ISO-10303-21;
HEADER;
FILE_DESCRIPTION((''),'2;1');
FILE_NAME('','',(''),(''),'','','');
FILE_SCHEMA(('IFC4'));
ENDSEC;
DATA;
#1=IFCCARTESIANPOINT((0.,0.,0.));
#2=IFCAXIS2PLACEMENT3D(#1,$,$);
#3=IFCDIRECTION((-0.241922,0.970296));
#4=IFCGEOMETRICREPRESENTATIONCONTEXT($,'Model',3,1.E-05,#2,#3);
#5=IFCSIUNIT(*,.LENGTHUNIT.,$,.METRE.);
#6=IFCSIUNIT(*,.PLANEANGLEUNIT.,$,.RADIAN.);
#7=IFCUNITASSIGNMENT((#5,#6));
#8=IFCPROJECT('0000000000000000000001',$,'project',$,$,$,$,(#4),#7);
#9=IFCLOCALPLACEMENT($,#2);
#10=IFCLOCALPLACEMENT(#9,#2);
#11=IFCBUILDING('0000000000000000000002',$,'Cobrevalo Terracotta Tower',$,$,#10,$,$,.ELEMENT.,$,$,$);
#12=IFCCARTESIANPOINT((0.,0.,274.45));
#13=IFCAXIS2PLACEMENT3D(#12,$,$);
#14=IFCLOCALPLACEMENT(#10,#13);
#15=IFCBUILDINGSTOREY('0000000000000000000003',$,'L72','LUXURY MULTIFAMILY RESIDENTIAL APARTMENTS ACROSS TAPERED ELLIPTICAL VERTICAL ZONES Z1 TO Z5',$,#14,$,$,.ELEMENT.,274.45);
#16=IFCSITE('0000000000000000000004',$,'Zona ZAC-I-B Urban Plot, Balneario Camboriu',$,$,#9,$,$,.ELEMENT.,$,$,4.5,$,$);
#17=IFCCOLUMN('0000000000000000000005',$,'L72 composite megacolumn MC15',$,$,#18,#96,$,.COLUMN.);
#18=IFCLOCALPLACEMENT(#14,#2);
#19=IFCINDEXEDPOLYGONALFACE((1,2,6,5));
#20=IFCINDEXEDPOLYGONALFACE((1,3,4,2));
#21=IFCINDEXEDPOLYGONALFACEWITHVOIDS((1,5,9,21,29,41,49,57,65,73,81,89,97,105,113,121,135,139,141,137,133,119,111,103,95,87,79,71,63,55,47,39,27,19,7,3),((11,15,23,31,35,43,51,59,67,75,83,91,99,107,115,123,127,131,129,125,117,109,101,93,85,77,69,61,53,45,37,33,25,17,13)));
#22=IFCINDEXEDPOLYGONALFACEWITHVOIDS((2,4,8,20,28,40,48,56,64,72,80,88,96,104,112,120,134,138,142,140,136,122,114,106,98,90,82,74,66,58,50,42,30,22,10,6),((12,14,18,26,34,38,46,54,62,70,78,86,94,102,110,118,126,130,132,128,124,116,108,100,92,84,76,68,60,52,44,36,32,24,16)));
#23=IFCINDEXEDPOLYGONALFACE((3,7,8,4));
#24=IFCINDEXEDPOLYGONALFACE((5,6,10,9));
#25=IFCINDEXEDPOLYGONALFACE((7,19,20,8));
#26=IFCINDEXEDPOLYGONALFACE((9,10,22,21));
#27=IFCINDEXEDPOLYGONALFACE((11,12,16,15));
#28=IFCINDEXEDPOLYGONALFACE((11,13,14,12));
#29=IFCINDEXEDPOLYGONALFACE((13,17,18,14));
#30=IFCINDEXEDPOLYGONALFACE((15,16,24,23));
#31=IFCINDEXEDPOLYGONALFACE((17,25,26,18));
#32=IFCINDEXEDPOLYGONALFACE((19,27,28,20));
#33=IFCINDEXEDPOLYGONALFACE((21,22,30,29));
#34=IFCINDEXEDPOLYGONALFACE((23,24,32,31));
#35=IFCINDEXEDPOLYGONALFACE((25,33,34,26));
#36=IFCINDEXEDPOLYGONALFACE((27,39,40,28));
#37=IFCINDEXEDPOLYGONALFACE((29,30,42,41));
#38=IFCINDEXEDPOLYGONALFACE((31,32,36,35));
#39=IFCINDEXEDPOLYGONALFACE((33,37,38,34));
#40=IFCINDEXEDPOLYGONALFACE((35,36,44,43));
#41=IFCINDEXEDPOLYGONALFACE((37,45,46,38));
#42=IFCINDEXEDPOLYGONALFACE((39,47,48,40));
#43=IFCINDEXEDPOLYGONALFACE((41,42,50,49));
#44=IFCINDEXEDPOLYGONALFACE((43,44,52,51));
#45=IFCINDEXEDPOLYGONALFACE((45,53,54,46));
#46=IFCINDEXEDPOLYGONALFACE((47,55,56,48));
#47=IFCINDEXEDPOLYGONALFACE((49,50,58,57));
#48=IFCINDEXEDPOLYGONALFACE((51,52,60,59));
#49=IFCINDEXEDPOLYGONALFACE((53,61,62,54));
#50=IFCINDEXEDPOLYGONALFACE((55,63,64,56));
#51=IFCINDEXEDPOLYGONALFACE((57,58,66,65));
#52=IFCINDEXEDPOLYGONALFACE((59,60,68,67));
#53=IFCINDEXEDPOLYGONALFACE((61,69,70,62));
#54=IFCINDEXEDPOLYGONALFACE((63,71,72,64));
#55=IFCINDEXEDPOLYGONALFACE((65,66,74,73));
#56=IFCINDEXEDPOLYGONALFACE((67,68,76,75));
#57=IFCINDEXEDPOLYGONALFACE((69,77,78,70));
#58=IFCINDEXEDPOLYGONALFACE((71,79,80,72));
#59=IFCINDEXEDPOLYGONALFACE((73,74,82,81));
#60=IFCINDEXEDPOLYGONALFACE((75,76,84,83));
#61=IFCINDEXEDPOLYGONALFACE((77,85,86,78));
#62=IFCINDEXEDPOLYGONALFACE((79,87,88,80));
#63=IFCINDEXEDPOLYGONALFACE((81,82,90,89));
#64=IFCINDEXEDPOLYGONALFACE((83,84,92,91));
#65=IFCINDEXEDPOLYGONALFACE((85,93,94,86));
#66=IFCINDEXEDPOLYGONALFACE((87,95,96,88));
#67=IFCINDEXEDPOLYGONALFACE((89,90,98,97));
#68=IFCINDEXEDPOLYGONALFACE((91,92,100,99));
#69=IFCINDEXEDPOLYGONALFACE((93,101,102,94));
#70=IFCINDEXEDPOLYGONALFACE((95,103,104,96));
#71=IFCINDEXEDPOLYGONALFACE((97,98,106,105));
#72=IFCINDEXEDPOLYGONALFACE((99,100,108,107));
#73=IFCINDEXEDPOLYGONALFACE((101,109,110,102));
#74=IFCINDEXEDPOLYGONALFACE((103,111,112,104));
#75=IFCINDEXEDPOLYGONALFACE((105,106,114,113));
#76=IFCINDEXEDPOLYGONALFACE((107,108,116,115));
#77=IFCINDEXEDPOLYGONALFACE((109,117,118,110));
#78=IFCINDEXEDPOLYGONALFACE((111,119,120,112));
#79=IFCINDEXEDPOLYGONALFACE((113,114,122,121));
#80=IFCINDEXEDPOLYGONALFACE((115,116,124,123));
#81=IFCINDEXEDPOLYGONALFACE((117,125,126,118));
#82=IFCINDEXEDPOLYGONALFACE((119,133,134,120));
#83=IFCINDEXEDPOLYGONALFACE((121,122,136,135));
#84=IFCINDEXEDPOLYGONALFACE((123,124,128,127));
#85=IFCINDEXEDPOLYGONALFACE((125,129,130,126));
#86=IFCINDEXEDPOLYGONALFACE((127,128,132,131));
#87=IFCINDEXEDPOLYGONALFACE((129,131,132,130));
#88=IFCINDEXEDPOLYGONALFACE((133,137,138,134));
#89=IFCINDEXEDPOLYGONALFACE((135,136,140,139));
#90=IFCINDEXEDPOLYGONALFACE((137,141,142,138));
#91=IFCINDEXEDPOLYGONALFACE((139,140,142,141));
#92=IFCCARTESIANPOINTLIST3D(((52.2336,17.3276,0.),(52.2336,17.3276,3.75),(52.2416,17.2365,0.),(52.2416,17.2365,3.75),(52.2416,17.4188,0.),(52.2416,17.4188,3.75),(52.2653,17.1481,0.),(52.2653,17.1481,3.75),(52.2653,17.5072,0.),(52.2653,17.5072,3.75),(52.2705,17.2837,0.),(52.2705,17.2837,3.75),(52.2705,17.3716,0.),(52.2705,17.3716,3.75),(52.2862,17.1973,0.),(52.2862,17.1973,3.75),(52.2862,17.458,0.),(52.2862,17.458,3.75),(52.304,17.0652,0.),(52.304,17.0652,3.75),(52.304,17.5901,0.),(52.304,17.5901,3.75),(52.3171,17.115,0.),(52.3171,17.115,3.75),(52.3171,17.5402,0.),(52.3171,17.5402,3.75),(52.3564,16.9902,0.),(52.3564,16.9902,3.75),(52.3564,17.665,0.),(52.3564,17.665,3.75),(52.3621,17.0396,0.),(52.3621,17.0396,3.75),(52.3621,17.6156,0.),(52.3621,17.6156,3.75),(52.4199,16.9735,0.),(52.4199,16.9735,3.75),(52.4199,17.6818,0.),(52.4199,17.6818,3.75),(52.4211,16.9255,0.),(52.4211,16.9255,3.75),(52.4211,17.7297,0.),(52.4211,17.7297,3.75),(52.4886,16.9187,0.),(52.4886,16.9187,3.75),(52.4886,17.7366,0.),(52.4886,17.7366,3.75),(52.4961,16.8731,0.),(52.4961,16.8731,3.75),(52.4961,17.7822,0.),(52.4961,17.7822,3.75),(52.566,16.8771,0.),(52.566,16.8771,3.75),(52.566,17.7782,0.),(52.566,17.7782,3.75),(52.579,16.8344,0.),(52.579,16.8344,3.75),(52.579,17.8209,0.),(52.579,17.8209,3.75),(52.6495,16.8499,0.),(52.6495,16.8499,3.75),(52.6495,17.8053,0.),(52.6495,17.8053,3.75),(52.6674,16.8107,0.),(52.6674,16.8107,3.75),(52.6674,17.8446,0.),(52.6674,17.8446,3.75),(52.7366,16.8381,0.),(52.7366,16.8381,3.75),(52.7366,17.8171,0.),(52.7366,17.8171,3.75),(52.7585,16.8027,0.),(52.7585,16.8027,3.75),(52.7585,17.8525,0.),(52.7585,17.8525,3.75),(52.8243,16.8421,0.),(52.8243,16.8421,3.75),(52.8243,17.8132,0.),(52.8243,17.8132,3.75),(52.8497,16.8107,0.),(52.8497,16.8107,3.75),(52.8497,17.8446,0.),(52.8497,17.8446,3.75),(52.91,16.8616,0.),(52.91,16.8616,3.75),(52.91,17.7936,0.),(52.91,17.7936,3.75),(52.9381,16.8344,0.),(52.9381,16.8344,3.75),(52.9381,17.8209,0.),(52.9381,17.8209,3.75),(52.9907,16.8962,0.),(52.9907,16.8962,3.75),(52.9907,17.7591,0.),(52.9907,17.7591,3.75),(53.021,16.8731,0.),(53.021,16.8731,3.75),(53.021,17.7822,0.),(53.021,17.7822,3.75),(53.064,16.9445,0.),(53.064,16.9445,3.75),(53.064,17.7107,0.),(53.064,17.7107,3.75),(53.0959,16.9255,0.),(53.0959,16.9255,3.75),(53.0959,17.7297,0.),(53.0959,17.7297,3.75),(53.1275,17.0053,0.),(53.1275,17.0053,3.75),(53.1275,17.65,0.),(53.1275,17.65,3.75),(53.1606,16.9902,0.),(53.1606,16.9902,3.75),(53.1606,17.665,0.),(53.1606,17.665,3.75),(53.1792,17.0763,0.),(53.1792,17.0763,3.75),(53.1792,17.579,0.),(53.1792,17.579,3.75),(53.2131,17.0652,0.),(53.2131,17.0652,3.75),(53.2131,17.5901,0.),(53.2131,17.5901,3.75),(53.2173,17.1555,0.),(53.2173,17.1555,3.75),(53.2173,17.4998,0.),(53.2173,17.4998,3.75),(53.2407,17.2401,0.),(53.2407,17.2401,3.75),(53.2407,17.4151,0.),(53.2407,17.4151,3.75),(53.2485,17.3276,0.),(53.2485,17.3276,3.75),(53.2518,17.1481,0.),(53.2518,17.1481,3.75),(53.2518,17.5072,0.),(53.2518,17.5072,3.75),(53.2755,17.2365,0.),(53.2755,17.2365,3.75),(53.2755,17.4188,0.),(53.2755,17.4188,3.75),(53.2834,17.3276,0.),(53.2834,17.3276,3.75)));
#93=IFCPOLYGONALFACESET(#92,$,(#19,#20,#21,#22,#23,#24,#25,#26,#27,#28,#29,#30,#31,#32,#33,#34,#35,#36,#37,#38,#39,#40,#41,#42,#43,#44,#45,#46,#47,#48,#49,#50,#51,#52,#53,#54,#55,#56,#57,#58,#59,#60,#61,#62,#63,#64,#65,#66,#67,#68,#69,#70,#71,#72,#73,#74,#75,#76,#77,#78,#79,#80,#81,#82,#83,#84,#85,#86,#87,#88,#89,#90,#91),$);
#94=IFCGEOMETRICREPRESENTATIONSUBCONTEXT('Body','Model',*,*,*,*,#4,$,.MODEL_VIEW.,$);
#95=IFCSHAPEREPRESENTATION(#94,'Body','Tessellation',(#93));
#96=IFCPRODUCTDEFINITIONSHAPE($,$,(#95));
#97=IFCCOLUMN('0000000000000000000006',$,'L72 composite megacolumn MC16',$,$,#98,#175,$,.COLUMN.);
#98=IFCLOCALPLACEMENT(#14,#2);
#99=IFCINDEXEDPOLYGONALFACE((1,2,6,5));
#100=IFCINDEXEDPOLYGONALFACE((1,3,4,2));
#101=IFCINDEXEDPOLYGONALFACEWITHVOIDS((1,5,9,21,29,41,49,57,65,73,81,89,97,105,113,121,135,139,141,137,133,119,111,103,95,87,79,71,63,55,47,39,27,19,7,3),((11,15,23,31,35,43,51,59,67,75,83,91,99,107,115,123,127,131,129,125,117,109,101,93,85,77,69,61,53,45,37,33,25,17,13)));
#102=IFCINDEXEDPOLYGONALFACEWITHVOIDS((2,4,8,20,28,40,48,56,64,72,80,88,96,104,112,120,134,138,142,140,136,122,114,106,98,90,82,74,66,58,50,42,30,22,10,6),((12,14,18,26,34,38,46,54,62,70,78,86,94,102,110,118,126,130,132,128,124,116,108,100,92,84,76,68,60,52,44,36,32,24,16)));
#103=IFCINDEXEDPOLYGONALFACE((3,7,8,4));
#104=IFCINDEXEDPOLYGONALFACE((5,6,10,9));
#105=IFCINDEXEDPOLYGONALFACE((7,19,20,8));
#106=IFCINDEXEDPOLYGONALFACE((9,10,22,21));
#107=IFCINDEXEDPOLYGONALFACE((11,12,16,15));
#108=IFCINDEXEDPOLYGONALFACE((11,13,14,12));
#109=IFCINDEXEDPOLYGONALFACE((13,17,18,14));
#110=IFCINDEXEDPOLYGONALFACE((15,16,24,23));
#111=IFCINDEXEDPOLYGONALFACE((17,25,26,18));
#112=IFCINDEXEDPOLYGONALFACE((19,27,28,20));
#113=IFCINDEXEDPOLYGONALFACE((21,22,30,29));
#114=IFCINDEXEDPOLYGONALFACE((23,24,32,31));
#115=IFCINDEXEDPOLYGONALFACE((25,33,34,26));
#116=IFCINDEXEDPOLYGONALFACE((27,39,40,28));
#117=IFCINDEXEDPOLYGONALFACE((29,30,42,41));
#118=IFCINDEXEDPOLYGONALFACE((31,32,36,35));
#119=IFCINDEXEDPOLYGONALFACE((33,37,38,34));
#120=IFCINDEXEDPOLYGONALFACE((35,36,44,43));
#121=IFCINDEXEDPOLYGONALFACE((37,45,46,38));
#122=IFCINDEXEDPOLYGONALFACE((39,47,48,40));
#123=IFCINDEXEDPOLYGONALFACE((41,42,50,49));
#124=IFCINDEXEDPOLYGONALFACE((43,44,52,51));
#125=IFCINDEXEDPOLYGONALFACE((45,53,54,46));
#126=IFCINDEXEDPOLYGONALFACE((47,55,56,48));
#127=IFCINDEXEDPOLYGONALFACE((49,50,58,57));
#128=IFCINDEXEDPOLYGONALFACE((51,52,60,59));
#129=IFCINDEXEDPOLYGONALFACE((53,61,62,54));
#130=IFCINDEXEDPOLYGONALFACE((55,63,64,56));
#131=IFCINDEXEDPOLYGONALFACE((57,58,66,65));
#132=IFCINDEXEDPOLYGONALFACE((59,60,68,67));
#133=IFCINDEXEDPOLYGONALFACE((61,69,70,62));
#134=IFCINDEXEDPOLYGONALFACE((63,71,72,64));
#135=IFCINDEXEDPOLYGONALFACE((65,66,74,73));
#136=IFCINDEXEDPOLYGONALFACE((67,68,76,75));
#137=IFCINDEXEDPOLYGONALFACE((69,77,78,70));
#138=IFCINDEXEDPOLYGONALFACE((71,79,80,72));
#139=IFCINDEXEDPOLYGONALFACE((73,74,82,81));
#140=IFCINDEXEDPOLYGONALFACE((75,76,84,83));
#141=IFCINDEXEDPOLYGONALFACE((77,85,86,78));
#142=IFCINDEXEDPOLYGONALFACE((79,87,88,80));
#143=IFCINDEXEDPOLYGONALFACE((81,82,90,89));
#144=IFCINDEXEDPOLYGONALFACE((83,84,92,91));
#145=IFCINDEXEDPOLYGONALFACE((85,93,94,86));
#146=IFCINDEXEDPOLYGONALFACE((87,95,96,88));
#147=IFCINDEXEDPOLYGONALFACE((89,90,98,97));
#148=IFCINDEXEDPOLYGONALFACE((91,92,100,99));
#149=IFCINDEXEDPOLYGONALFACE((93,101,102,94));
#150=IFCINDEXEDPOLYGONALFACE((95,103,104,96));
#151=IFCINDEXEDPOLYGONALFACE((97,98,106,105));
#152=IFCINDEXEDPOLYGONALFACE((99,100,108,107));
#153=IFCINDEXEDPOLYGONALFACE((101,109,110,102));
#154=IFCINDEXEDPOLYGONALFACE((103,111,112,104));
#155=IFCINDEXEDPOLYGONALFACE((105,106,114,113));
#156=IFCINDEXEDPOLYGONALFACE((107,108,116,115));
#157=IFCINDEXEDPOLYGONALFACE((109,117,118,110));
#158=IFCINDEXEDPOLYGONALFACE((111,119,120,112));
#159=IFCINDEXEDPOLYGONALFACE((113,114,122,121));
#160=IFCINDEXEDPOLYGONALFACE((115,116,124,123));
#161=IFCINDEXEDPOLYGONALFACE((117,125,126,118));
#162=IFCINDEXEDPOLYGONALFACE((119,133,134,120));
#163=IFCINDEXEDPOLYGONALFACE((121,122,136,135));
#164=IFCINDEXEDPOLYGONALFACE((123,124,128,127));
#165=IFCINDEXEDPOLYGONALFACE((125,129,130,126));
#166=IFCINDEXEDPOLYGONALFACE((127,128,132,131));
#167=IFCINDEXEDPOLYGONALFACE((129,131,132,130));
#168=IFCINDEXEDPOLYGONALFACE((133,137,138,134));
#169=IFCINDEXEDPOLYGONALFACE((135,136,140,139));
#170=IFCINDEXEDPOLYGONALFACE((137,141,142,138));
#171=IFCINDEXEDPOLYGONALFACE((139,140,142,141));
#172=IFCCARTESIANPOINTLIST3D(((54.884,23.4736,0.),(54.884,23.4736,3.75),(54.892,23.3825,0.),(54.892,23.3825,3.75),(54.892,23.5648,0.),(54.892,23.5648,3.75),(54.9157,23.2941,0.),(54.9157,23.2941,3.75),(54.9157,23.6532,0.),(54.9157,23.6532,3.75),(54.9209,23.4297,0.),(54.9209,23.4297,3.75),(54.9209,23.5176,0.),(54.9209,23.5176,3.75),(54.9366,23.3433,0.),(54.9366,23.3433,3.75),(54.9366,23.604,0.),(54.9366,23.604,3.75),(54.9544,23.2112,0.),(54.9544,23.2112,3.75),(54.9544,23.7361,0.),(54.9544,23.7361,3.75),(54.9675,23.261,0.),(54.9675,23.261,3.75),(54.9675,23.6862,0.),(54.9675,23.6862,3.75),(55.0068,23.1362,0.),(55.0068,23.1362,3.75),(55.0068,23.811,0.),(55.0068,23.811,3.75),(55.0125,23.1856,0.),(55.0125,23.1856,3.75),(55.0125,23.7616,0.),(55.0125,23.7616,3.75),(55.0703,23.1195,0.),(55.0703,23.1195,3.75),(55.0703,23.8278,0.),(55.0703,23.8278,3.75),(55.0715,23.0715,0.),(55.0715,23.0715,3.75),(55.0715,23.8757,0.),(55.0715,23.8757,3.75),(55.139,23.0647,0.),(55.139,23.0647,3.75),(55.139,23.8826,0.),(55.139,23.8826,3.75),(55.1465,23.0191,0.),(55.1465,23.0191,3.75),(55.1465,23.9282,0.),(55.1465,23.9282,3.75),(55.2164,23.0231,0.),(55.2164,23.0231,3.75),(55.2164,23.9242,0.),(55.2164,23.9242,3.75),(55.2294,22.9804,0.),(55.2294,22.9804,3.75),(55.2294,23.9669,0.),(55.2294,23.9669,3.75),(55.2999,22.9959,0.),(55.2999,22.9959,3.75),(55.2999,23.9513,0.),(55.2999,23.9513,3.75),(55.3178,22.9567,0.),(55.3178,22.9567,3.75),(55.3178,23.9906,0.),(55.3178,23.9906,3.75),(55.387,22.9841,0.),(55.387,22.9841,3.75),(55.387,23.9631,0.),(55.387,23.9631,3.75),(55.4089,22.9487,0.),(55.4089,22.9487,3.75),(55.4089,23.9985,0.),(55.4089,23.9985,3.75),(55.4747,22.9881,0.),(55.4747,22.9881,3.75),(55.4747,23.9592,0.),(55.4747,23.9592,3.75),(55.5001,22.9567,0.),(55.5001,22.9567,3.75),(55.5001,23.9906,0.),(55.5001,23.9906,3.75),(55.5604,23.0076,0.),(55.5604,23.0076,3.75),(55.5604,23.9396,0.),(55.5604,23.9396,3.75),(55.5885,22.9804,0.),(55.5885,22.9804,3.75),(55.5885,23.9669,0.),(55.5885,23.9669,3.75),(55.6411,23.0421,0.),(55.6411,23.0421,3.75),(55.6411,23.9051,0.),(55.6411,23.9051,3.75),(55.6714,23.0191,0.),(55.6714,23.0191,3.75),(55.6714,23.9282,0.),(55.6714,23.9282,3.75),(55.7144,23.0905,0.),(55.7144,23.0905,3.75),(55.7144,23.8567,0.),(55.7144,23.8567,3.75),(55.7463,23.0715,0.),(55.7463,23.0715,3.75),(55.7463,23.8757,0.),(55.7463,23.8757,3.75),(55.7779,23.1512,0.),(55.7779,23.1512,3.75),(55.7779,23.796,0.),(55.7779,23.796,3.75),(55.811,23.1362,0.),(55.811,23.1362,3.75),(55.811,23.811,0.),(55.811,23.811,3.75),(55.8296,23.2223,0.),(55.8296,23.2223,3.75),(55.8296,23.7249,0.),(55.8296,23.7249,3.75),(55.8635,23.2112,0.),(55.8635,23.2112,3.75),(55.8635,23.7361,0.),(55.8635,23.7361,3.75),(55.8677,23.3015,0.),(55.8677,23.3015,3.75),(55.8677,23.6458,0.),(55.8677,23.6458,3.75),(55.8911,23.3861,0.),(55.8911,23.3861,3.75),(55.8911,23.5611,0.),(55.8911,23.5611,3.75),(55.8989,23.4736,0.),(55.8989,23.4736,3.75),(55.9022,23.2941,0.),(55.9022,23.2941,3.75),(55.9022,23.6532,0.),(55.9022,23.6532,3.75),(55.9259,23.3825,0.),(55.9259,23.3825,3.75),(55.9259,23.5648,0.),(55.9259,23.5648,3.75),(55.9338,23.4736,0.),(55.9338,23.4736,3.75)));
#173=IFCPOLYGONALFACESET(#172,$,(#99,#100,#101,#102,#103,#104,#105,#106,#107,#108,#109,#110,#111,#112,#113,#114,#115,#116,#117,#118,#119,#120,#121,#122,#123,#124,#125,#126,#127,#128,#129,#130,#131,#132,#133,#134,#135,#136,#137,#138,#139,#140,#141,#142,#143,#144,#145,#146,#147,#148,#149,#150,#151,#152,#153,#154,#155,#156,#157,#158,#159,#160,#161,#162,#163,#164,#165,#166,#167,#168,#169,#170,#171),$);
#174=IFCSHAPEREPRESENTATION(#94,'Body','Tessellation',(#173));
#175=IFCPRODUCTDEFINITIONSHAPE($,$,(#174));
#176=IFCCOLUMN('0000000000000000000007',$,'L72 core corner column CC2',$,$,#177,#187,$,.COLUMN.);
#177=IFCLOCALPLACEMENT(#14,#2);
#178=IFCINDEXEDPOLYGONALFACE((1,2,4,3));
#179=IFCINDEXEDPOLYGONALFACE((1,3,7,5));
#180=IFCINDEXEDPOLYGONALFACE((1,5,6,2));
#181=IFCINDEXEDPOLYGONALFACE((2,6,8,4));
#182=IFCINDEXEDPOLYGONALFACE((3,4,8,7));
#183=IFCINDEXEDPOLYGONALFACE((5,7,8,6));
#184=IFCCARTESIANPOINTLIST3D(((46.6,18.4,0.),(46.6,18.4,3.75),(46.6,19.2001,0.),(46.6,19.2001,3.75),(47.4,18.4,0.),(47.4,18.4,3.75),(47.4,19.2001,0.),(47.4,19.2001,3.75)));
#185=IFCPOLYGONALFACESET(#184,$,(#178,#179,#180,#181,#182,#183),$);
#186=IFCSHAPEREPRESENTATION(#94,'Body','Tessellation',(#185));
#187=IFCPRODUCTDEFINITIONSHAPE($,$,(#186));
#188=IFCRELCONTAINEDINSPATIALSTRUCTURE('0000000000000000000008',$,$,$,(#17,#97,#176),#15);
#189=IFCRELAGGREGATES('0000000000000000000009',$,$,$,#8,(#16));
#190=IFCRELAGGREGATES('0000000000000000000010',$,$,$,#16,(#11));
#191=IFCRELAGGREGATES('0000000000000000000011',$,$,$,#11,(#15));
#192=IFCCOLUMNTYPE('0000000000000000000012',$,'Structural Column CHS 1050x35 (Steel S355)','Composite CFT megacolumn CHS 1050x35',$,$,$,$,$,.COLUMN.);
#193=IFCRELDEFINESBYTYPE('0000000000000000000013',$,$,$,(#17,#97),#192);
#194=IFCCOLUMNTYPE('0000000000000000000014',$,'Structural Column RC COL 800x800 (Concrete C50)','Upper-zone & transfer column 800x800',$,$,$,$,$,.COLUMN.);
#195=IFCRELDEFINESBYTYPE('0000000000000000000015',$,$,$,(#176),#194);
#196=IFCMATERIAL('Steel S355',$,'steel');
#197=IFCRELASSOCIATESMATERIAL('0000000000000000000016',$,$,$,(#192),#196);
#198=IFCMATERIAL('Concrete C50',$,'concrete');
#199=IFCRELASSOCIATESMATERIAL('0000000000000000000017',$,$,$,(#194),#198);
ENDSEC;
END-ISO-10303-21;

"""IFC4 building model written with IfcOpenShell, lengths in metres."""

from ifc_helpers import new_model, si_unit, direction, frame, origin, origin_2d, place, context, subcontext, project, spatial, rectangle, hollow_circle, extrude, material, material_profile, profile_set, type_object, element, save


model = new_model("IFC4")

# Units and contexts
model_context = context("Model", 3, precision=1e-05, world=origin(), true_north=direction((-0.241922, 0.970296)))
body_context = subcontext(model_context, "Body", "Model", "MODEL_VIEW")
ifc_project = project(units=[si_unit("LENGTHUNIT", "METRE"), si_unit("PLANEANGLEUNIT", "RADIAN")], contexts=[model_context])

# Site, building, storey
site_placement = place(None, origin())
site = spatial("IfcSite", under=ifc_project, at=site_placement, Name="Zona ZAC-I-B Urban Plot, Balneario Camboriu", CompositionType="ELEMENT", RefElevation=4.5)
building_placement = place(site_placement, origin())
building = spatial("IfcBuilding", under=site, at=building_placement, Name="Cobrevalo Terracotta Tower", CompositionType="ELEMENT")
storey_placement = place(building_placement, frame((0.0, 0.0, 274.45)))
storey = spatial("IfcBuildingStorey", under=building, at=storey_placement, Name="L72", Description="LUXURY MULTIFAMILY RESIDENTIAL APARTMENTS ACROSS TAPERED ELLIPTICAL VERTICAL ZONES Z1 TO Z5", CompositionType="ELEMENT", Elevation=274.45)

# Columns
ifc_material_1 = material(Name="Steel S355", Category="steel")
ifc_material_profile_1 = material_profile(ifc_material_1, hollow_circle(Radius=0.5249, WallThickness=0.0349, at=origin_2d()), Name="CHS 1050x35")
ifc_profile_set_1 = profile_set([ifc_material_profile_1], Name="Steel S355")
column_type_1 = type_object("IfcColumnType", Name="Structural Column CHS 1050x35 (Steel S355)", Description="Composite CFT megacolumn CHS 1050x35", PredefinedType="COLUMN", material=ifc_profile_set_1)
for number, where, z_axis, x_axis, name in (
    (1, (52.7585, 17.3276, 0.0), (0.0, 0.0, 1.0), (1.0, 0.0, 0.0), "L72 composite megacolumn MC15"),
    (2, (55.4089, 23.4736, 0.0), (0.0, 0.0, 1.0), (1.0, 0.0, 0.0), "L72 composite megacolumn MC16"),
):
    element("IfcColumn", number, at=place(storey_placement, frame(where, z_axis=z_axis, x_axis=x_axis)), inside=storey, type_object=column_type_1, Name=name, PredefinedType="COLUMN", context=body_context, shape_type="SweptSolid", body=[
        extrude(hollow_circle(Radius=0.5249, WallThickness=0.0349, at=origin_2d()), origin(), (0.0, 0.0, 1.0), 3.75),
    ])
ifc_material_2 = material(Name="Concrete C50", Category="concrete")
ifc_material_profile_2 = material_profile(ifc_material_2, rectangle(XDim=0.8, YDim=0.8, at=origin_2d()), Name="RC COL 800x800")
ifc_profile_set_2 = profile_set([ifc_material_profile_2], Name="Concrete C50")
column_type_2 = type_object("IfcColumnType", Name="Structural Column RC COL 800x800 (Concrete C50)", Description="Upper-zone & transfer column 800x800", PredefinedType="COLUMN", material=ifc_profile_set_2)
column_placement = place(storey_placement, frame((47.0, 18.8, 0.0), z_axis=(0.0, 0.0, 1.0), x_axis=(1.0, 0.0, 0.0)))
element("IfcColumn", 3, at=column_placement, inside=storey, type_object=column_type_2, Name="L72 core corner column CC2", PredefinedType="COLUMN", context=body_context, shape_type="SweptSolid", body=[
    extrude(rectangle(XDim=0.8, YDim=0.8, at=origin_2d()), origin(), (0.0, 0.0, 1.0), 3.75),
])

save(model, "model.ifc")
